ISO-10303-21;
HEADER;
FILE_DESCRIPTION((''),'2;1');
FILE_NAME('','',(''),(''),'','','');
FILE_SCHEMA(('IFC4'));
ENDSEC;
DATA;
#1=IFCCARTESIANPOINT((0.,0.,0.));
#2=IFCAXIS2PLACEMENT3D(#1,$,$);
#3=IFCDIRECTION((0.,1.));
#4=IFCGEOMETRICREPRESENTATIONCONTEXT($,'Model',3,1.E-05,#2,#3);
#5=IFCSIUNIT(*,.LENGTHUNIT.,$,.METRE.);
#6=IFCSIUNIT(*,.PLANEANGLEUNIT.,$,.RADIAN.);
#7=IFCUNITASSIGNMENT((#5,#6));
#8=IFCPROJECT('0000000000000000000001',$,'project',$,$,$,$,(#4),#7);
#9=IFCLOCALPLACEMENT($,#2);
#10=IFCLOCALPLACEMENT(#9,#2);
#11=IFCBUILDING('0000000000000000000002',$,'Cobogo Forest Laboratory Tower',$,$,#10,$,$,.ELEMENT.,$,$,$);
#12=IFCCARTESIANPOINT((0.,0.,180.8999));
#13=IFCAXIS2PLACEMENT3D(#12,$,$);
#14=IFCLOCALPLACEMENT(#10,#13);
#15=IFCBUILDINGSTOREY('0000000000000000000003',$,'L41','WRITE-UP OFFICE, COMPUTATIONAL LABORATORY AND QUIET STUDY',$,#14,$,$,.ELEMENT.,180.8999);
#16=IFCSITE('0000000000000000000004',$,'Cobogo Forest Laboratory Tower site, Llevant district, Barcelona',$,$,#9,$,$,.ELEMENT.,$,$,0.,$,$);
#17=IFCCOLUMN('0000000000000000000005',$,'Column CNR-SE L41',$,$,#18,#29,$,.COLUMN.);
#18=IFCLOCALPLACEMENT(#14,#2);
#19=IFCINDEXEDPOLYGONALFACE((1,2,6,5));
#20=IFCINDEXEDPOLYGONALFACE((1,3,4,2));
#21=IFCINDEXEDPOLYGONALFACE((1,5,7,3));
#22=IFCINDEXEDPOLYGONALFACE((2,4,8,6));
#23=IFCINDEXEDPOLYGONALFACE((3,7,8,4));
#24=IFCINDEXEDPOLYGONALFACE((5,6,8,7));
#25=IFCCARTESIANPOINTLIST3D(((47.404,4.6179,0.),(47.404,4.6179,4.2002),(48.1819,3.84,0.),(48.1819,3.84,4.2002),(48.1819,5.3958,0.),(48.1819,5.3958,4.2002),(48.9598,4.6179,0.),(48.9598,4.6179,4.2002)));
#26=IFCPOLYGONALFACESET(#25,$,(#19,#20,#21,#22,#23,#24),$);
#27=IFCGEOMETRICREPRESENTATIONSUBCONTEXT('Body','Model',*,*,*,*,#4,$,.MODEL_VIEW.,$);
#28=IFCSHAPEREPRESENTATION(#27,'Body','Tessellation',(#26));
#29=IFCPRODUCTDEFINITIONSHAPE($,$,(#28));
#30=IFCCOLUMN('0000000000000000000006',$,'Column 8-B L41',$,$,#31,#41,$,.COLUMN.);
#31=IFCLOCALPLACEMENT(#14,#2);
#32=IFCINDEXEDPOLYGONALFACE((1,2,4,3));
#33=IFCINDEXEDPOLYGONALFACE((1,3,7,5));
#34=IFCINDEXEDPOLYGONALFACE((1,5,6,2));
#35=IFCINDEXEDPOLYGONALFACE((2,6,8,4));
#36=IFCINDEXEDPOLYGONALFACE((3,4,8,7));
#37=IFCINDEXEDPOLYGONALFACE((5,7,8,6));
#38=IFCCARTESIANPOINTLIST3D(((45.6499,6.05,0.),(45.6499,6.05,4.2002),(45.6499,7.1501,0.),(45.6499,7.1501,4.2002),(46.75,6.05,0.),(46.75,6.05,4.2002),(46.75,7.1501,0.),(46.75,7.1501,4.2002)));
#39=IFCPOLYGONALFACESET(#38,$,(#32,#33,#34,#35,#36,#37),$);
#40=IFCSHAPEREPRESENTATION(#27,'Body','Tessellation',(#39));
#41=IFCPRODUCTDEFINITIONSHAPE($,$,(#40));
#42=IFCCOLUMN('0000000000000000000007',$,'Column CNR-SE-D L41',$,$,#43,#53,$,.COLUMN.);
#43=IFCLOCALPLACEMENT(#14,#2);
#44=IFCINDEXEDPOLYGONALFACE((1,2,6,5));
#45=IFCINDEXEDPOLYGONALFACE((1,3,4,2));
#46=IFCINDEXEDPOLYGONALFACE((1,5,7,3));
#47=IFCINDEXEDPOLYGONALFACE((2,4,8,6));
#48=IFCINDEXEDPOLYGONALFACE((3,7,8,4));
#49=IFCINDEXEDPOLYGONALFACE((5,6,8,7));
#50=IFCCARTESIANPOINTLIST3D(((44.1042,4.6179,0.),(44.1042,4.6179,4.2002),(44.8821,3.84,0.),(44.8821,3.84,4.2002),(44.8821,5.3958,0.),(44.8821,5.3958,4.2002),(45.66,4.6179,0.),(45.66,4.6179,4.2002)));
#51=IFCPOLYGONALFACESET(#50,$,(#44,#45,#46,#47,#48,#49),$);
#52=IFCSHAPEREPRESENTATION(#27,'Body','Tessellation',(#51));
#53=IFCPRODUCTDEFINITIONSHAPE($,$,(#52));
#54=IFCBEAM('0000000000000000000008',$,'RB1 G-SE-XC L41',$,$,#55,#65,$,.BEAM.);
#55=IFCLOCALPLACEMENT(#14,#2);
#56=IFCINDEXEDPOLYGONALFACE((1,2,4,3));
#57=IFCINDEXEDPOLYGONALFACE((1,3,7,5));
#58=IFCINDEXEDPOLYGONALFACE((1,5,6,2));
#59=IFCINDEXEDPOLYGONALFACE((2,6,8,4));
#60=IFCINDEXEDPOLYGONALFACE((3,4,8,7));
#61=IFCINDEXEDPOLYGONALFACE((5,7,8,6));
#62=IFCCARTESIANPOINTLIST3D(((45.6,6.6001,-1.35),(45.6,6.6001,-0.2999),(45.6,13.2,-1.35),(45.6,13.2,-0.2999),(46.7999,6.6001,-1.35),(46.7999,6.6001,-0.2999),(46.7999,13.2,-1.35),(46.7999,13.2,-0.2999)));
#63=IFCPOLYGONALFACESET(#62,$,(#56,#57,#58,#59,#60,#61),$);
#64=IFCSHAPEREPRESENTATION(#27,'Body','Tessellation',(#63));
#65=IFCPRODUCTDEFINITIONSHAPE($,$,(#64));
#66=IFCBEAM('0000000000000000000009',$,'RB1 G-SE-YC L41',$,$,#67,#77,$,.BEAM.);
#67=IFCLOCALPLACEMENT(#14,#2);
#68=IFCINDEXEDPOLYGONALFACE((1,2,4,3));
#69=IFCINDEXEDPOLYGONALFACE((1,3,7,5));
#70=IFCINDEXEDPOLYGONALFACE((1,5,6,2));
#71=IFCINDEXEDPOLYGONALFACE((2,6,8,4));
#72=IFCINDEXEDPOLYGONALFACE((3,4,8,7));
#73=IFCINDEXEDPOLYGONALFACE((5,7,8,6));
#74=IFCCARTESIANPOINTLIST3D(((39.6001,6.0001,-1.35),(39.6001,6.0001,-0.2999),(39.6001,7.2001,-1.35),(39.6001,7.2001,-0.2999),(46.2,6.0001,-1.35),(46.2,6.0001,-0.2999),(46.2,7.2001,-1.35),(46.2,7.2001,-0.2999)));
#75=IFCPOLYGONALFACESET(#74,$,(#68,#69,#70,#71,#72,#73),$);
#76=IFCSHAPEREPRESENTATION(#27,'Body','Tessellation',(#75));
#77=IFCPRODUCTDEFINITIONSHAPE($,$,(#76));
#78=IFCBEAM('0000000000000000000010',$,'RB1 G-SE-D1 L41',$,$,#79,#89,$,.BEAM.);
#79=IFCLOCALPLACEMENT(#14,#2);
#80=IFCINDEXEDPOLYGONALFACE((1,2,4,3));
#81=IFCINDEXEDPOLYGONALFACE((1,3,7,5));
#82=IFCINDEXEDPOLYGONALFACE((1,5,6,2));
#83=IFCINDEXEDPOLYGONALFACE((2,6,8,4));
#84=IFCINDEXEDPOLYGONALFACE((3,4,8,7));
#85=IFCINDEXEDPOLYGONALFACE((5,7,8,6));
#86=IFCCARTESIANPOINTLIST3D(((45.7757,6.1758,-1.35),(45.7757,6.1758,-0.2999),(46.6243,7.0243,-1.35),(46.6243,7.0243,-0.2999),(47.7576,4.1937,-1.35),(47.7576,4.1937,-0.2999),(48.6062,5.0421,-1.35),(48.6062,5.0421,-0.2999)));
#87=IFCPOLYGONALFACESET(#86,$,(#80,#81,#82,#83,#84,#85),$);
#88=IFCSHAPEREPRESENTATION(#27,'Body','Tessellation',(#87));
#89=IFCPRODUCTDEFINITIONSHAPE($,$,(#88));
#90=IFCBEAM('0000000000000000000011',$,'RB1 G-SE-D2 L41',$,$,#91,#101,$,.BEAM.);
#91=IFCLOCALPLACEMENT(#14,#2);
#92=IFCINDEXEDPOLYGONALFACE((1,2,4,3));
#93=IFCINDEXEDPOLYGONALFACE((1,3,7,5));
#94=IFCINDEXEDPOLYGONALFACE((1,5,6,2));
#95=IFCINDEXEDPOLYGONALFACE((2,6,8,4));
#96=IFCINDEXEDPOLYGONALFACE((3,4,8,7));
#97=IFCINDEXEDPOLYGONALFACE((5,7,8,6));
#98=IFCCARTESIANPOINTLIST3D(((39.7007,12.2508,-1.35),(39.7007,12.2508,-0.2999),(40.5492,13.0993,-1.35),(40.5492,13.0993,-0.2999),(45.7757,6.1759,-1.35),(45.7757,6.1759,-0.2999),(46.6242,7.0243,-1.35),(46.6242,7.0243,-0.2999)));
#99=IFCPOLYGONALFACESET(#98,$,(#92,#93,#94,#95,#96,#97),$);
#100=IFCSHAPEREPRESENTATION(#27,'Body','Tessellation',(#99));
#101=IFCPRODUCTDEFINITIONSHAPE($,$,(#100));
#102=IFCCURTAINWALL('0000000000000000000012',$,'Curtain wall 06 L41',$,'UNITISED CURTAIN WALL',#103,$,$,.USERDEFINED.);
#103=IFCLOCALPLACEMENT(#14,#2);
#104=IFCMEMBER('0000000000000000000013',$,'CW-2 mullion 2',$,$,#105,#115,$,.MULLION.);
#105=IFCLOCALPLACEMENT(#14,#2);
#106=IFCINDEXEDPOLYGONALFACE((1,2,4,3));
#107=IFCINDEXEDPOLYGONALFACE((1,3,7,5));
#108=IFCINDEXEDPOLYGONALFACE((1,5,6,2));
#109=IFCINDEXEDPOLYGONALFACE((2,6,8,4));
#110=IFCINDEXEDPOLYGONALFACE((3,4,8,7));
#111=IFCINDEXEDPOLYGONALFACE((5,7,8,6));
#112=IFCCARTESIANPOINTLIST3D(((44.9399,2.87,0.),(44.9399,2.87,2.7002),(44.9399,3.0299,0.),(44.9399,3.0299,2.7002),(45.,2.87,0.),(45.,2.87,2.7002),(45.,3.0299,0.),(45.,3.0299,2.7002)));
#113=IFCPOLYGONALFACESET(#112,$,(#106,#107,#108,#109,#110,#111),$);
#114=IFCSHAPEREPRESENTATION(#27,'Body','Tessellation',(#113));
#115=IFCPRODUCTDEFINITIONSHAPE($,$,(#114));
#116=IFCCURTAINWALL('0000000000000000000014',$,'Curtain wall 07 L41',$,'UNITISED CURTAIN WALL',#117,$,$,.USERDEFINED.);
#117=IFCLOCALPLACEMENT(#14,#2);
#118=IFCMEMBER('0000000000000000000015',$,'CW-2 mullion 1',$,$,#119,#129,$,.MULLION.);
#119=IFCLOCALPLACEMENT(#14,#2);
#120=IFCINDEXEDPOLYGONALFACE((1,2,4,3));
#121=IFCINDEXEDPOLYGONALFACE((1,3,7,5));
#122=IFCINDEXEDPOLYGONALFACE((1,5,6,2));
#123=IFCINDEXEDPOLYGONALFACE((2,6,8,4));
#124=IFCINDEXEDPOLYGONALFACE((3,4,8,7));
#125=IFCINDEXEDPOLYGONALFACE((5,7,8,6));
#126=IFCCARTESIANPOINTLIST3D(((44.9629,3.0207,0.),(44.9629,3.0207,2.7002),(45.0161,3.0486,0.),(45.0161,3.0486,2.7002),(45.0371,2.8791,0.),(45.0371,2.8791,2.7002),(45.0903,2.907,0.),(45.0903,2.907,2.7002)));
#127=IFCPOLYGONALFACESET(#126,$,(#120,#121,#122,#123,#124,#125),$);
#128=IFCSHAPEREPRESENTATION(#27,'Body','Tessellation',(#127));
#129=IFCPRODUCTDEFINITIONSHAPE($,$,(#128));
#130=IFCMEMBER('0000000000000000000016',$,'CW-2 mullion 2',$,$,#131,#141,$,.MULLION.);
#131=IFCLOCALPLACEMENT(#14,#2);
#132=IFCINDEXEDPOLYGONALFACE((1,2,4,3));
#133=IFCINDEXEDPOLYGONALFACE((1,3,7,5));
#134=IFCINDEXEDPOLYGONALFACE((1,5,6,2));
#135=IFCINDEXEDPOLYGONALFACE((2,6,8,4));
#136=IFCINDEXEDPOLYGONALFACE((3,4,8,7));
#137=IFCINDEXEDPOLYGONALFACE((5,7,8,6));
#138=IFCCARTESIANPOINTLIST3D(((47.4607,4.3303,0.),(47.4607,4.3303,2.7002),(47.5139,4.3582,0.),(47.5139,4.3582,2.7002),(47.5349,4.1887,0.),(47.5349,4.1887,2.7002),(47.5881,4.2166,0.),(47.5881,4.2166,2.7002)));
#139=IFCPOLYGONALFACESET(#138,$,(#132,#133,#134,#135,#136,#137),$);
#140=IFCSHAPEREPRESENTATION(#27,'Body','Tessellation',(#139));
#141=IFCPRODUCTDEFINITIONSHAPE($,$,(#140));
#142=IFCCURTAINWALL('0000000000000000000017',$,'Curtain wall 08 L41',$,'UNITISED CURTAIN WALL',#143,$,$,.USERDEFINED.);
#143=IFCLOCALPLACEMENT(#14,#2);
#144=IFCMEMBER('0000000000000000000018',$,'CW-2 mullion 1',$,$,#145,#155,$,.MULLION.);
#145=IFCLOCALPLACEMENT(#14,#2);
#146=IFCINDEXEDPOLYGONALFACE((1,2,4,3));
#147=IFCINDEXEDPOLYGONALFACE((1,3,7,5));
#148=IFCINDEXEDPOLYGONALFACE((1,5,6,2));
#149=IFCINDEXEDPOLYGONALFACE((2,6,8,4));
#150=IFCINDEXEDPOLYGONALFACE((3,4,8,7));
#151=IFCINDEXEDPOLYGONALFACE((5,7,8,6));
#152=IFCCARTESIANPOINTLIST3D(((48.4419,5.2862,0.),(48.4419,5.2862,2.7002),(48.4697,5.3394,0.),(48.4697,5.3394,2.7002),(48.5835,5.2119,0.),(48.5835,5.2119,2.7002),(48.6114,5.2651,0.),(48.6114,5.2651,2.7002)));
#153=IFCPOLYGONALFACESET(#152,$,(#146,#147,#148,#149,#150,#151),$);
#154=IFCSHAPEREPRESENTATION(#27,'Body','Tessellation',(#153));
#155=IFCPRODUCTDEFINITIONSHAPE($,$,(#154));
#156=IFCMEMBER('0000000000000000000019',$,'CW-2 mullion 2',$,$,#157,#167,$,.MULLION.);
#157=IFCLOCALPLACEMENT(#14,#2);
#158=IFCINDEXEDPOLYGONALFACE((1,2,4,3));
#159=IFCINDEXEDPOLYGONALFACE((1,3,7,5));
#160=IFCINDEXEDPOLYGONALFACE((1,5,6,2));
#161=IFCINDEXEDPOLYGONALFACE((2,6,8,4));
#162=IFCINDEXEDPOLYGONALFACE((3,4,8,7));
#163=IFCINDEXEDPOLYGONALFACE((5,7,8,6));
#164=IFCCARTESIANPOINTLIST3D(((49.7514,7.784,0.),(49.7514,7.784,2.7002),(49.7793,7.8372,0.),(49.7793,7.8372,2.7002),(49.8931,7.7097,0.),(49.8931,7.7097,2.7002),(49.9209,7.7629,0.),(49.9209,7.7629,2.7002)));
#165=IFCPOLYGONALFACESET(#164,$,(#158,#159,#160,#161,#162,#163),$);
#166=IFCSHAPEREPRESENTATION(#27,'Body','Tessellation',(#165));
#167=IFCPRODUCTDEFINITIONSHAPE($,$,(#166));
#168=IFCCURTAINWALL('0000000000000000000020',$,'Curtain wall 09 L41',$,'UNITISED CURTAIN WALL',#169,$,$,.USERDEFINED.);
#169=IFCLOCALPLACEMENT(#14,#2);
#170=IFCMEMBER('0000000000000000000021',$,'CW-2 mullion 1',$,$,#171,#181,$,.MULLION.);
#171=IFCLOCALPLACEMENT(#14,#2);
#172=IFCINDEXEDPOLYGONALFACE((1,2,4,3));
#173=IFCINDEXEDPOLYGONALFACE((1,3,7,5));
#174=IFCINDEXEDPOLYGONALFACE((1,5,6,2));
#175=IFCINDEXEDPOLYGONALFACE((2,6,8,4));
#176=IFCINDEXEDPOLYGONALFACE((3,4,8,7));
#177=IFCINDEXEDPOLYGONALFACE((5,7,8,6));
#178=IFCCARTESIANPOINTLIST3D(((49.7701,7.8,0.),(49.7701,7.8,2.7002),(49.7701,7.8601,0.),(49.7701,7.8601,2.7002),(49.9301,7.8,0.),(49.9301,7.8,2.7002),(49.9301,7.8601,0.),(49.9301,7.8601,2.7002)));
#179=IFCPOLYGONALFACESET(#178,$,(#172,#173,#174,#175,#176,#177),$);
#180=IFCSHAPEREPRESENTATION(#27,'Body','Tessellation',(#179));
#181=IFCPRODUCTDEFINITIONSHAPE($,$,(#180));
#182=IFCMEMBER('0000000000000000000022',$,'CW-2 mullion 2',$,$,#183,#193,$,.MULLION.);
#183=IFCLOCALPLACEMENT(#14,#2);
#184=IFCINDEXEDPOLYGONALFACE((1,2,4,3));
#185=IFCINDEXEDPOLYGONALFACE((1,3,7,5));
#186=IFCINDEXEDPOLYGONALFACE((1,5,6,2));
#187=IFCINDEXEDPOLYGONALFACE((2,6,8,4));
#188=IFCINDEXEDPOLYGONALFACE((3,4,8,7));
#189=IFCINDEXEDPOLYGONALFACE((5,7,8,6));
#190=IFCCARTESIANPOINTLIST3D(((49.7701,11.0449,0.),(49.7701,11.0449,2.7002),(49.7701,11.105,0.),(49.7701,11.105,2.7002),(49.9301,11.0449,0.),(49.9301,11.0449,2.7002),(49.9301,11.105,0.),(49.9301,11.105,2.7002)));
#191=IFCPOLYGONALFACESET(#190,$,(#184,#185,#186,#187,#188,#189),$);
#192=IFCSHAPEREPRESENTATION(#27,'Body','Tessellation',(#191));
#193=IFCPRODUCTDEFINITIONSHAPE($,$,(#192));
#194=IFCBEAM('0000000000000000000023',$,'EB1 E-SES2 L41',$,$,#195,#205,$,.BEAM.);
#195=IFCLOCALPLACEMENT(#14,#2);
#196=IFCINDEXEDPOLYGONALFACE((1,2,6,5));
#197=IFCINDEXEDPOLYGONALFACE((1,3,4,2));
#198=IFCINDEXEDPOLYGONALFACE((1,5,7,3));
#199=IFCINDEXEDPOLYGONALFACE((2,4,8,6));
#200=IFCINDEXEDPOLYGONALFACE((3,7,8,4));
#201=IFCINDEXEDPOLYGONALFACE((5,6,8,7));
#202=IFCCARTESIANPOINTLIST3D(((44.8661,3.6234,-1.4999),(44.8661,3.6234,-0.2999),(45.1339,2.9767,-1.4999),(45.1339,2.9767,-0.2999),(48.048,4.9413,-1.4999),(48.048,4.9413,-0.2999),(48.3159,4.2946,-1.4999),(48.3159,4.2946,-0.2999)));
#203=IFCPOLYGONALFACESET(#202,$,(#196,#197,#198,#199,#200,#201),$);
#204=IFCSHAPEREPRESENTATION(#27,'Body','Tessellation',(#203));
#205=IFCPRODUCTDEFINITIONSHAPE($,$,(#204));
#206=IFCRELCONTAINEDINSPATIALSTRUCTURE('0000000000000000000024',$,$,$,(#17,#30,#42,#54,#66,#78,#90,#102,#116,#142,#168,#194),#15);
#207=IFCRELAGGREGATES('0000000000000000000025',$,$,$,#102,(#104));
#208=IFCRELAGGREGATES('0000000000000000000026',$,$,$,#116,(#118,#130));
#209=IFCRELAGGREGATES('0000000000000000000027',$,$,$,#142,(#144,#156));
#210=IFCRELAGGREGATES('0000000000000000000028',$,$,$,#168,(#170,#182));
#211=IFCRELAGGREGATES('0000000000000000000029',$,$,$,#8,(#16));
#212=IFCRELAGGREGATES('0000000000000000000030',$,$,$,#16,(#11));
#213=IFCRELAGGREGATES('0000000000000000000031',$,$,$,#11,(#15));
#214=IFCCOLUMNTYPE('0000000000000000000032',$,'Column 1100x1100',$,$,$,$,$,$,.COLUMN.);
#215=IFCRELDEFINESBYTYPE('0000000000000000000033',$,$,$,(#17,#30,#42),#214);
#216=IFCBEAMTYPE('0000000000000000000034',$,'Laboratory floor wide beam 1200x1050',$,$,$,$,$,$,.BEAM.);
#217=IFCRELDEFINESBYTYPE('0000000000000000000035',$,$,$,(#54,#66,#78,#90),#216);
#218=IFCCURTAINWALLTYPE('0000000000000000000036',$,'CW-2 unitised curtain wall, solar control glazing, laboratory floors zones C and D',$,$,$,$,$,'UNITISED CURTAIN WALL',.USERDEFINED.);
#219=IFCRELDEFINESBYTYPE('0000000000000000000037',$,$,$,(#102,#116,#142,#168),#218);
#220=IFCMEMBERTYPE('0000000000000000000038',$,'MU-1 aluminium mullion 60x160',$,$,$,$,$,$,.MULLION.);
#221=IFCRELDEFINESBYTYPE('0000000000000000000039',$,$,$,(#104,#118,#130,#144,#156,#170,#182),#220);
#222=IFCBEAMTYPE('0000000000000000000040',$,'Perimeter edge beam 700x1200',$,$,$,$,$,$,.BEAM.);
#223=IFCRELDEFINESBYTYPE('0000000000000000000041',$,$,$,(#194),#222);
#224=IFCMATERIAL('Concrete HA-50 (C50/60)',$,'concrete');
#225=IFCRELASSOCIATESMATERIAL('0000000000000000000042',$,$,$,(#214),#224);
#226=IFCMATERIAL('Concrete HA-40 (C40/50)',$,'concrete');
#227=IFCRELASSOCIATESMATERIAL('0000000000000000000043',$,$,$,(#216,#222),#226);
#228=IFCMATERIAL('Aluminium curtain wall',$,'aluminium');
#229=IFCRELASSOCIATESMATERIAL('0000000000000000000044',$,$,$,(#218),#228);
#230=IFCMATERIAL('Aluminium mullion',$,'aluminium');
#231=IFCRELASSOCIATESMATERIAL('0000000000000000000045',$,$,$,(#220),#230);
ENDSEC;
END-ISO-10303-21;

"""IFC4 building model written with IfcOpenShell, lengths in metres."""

from ifc_helpers import new_model, si_unit, direction, frame, origin, origin_2d, place, context, subcontext, project, spatial, rectangle, extrude, material, material_profile, profile_set, type_object, element, aggregate, save


model = new_model("IFC4")

# Units and contexts
model_context = context("Model", 3, precision=1e-05, world=origin(), true_north=direction((0.0, 1.0)))
body_context = subcontext(model_context, "Body", "Model", "MODEL_VIEW")
ifc_project = project(units=[si_unit("LENGTHUNIT", "METRE"), si_unit("PLANEANGLEUNIT", "RADIAN")], contexts=[model_context])

# Site, building, storey
site_placement = place(None, origin())
site = spatial("IfcSite", under=ifc_project, at=site_placement, Name="Cobogo Forest Laboratory Tower site, Llevant district, Barcelona", CompositionType="ELEMENT", RefElevation=0.0)
building_placement = place(site_placement, origin())
building = spatial("IfcBuilding", under=site, at=building_placement, Name="Cobogo Forest Laboratory Tower", CompositionType="ELEMENT")
storey_placement = place(building_placement, frame((0.0, 0.0, 180.8999)))
storey = spatial("IfcBuildingStorey", under=building, at=storey_placement, Name="L41", Description="WRITE-UP OFFICE, COMPUTATIONAL LABORATORY AND QUIET STUDY", CompositionType="ELEMENT", Elevation=180.8999)

# Columns
ifc_material_1 = material(Name="Concrete HA-50 (C50/60)", Category="concrete")
ifc_material_profile_1 = material_profile(ifc_material_1, rectangle(XDim=1.1001, YDim=1.1001, at=origin_2d()), Name="RC 1100x1100")
ifc_profile_set_1 = profile_set([ifc_material_profile_1], Name="Concrete HA-50 (C50/60)")
column_type = type_object("IfcColumnType", Name="Column 1100x1100", PredefinedType="COLUMN", material=ifc_profile_set_1)
for number, where, z_axis, x_axis, name in (
    (1, (48.1819, 4.6179, 0.0), (0.0, 0.0, 1.0), (0.707107, 0.707107, 0.0), "Column CNR-SE L41"),
    (2, (46.2, 6.6001, 0.0), (0.0, 0.0, 1.0), (1.0, 0.0, 0.0), "Column 8-B L41"),
    (3, (44.8821, 4.6179, 0.0), (0.0, 0.0, 1.0), (0.707107, 0.707107, 0.0), "Column CNR-SE-D L41"),
):
    element("IfcColumn", number, at=place(storey_placement, frame(where, z_axis=z_axis, x_axis=x_axis)), inside=storey, type_object=column_type, Name=name, PredefinedType="COLUMN", context=body_context, shape_type="SweptSolid", body=[
        extrude(rectangle(XDim=1.1001, YDim=1.1001, at=origin_2d()), origin(), (0.0, 0.0, 1.0), 4.2002),
    ])

# Beams
ifc_material_2 = material(Name="Concrete HA-40 (C40/50)", Category="concrete")
ifc_material_profile_2 = material_profile(ifc_material_2, rectangle(XDim=1.2, YDim=1.05, at=origin_2d()), Name="RC 1200x1050")
ifc_profile_set_2 = profile_set([ifc_material_profile_2], Name="Concrete HA-40 (C40/50)")
beam_type_1 = type_object("IfcBeamType", Name="Laboratory floor wide beam 1200x1050", PredefinedType="BEAM", material=ifc_profile_set_2)
for number, where, z_axis, x_axis, name in (
    (4, (46.2, 6.6001, -0.825), (0.0, 1.0, 0.0), (-1.0, 0.0, 0.0), "RB1 G-SE-XC L41"),
    (5, (46.2, 6.6001, -0.825), (-1.0, 0.0, 0.0), (0.0, -1.0, 0.0), "RB1 G-SE-YC L41"),
):
    element("IfcBeam", number, at=place(storey_placement, frame(where, z_axis=z_axis, x_axis=x_axis)), inside=storey, type_object=beam_type_1, Name=name, PredefinedType="BEAM", context=body_context, shape_type="SweptSolid", body=[
        extrude(rectangle(XDim=1.2, YDim=1.05, at=origin_2d()), origin(), (0.0, 0.0, 1.0), 6.5999),
    ])
beam_1_placement = place(storey_placement, frame((48.1819, 4.6179, -0.825), z_axis=(-0.707063, 0.70715, 0.0), x_axis=(-0.70715, -0.707063, 0.0)))
element("IfcBeam", 6, at=beam_1_placement, inside=storey, type_object=beam_type_1, Name="RB1 G-SE-D1 L41", PredefinedType="BEAM", context=body_context, shape_type="SweptSolid", body=[
    extrude(rectangle(XDim=1.2, YDim=1.05, at=origin_2d()), origin(), (0.0, 0.0, 1.0), 2.803),
])
beam_2_placement = place(storey_placement, frame((46.2, 6.6001, -0.825), z_axis=(-0.707107, 0.707107, 0.0), x_axis=(-0.707107, -0.707107, 0.0)))
element("IfcBeam", 7, at=beam_2_placement, inside=storey, type_object=beam_type_1, Name="RB1 G-SE-D2 L41", PredefinedType="BEAM", context=body_context, shape_type="SweptSolid", body=[
    extrude(rectangle(XDim=1.2, YDim=1.05, at=origin_2d()), origin(), (0.0, 0.0, 1.0), 8.5913),
])

# Curtain wall, member
ifc_material_3 = material(Name="Aluminium curtain wall", Category="aluminium")
curtain_wall_type = type_object("IfcCurtainWallType", Name="CW-2 unitised curtain wall, solar control glazing, laboratory floors zones C and D", ElementType="UNITISED CURTAIN WALL", PredefinedType="USERDEFINED", material=ifc_material_3)
curtain_wall_1_placement = place(storey_placement, origin())
curtain_wall_1 = element("IfcCurtainWall", 8, at=curtain_wall_1_placement, inside=storey, type_object=curtain_wall_type, Name="Curtain wall 06 L41", ObjectType="UNITISED CURTAIN WALL", PredefinedType="USERDEFINED")
ifc_material_4 = material(Name="Aluminium mullion", Category="aluminium")
ifc_material_profile_3 = material_profile(ifc_material_4, rectangle(XDim=0.0601, YDim=0.1599, at=origin_2d()), Name="AL 60x160")
ifc_profile_set_3 = profile_set([ifc_material_profile_3], Name="Aluminium mullion")
member_type_1 = type_object("IfcMemberType", Name="MU-1 aluminium mullion 60x160", PredefinedType="MULLION", material=ifc_profile_set_3)
member_1_placement = place(storey_placement, frame((44.97, 2.95, 0.0), z_axis=(0.0, 0.0, 1.0), x_axis=(1.0, 0.0, 0.0)))
member_1 = element("IfcMember", 9, at=member_1_placement, type_object=member_type_1, Name="CW-2 mullion 2", PredefinedType="MULLION", context=body_context, shape_type="SweptSolid", body=[
    extrude(rectangle(XDim=0.0601, YDim=0.1599, at=origin_2d()), origin(), (0.0, 0.0, 1.0), 2.7002),
])
aggregate(curtain_wall_1, [member_1])

# Curtain walls, members
curtain_wall_2_placement = place(storey_placement, origin())
curtain_wall_2 = element("IfcCurtainWall", 10, at=curtain_wall_2_placement, inside=storey, type_object=curtain_wall_type, Name="Curtain wall 07 L41", ObjectType="UNITISED CURTAIN WALL", PredefinedType="USERDEFINED")
member_2_placement = place(storey_placement, frame((45.0266, 2.9639, 0.0), z_axis=(0.0, 0.0, 1.0), x_axis=(0.885686, 0.464284, 0.0)))
member_2 = element("IfcMember", 11, at=member_2_placement, type_object=member_type_1, Name="CW-2 mullion 1", PredefinedType="MULLION", context=body_context, shape_type="SweptSolid", body=[
    extrude(rectangle(XDim=0.0601, YDim=0.1599, at=origin_2d()), origin(), (0.0, 0.0, 1.0), 2.7002),
])
member_3_placement = place(storey_placement, frame((47.5244, 4.2734, 0.0), z_axis=(0.0, 0.0, 1.0), x_axis=(0.885686, 0.464284, 0.0)))
member_3 = element("IfcMember", 12, at=member_3_placement, type_object=member_type_1, Name="CW-2 mullion 2", PredefinedType="MULLION", context=body_context, shape_type="SweptSolid", body=[
    extrude(rectangle(XDim=0.0601, YDim=0.1599, at=origin_2d()), origin(), (0.0, 0.0, 1.0), 2.7002),
])
curtain_wall_3_placement = place(storey_placement, origin())
curtain_wall_3 = element("IfcCurtainWall", 13, at=curtain_wall_3_placement, inside=storey, type_object=curtain_wall_type, Name="Curtain wall 08 L41", ObjectType="UNITISED CURTAIN WALL", PredefinedType="USERDEFINED")
member_4_placement = place(storey_placement, frame((48.5266, 5.2756, 0.0), z_axis=(0.0, 0.0, 1.0), x_axis=(0.464284, 0.885686, 0.0)))
member_4 = element("IfcMember", 14, at=member_4_placement, type_object=member_type_1, Name="CW-2 mullion 1", PredefinedType="MULLION", context=body_context, shape_type="SweptSolid", body=[
    extrude(rectangle(XDim=0.0601, YDim=0.1599, at=origin_2d()), origin(), (0.0, 0.0, 1.0), 2.7002),
])
member_5_placement = place(storey_placement, frame((49.8362, 7.7734, 0.0), z_axis=(0.0, 0.0, 1.0), x_axis=(0.464284, 0.885686, 0.0)))
member_5 = element("IfcMember", 15, at=member_5_placement, type_object=member_type_1, Name="CW-2 mullion 2", PredefinedType="MULLION", context=body_context, shape_type="SweptSolid", body=[
    extrude(rectangle(XDim=0.0601, YDim=0.1599, at=origin_2d()), origin(), (0.0, 0.0, 1.0), 2.7002),
])
curtain_wall_4_placement = place(storey_placement, origin())
curtain_wall_4 = element("IfcCurtainWall", 16, at=curtain_wall_4_placement, inside=storey, type_object=curtain_wall_type, Name="Curtain wall 09 L41", ObjectType="UNITISED CURTAIN WALL", PredefinedType="USERDEFINED")
member_6_placement = place(storey_placement, frame((49.8501, 7.8301, 0.0), z_axis=(0.0, 0.0, 1.0), x_axis=(0.0, 1.0, 0.0)))
member_6 = element("IfcMember", 17, at=member_6_placement, type_object=member_type_1, Name="CW-2 mullion 1", PredefinedType="MULLION", context=body_context, shape_type="SweptSolid", body=[
    extrude(rectangle(XDim=0.0601, YDim=0.1599, at=origin_2d()), origin(), (0.0, 0.0, 1.0), 2.7002),
])
member_7_placement = place(storey_placement, frame((49.8501, 11.075, 0.0), z_axis=(0.0, 0.0, 1.0), x_axis=(0.0, 1.0, 0.0)))
member_7 = element("IfcMember", 18, at=member_7_placement, type_object=member_type_1, Name="CW-2 mullion 2", PredefinedType="MULLION", context=body_context, shape_type="SweptSolid", body=[
    extrude(rectangle(XDim=0.0601, YDim=0.1599, at=origin_2d()), origin(), (0.0, 0.0, 1.0), 2.7002),
])

# Beam
ifc_material_profile_4 = material_profile(ifc_material_2, rectangle(XDim=0.7, YDim=1.2, at=origin_2d()), Name="RC 700x1200")
ifc_profile_set_4 = profile_set([ifc_material_profile_4], Name="Concrete HA-40 (C40/50)")
beam_type_2 = type_object("IfcBeamType", Name="Perimeter edge beam 700x1200", PredefinedType="BEAM", material=ifc_profile_set_4)
beam_3_placement = place(storey_placement, frame((45.0, 3.3, -0.8999), z_axis=(0.923891, 0.382656, 0.0), x_axis=(-0.382656, 0.923891, 0.0)))
element("IfcBeam", 19, at=beam_3_placement, inside=storey, type_object=beam_type_2, Name="EB1 E-SES2 L41", PredefinedType="BEAM", context=body_context, shape_type="SweptSolid", body=[
    extrude(rectangle(XDim=0.7, YDim=1.2, at=origin_2d()), origin(), (0.0, 0.0, 1.0), 3.4441),
])

aggregate(curtain_wall_2, [member_2, member_3])
aggregate(curtain_wall_3, [member_4, member_5])
aggregate(curtain_wall_4, [member_6, member_7])

save(model, "model.ifc")
